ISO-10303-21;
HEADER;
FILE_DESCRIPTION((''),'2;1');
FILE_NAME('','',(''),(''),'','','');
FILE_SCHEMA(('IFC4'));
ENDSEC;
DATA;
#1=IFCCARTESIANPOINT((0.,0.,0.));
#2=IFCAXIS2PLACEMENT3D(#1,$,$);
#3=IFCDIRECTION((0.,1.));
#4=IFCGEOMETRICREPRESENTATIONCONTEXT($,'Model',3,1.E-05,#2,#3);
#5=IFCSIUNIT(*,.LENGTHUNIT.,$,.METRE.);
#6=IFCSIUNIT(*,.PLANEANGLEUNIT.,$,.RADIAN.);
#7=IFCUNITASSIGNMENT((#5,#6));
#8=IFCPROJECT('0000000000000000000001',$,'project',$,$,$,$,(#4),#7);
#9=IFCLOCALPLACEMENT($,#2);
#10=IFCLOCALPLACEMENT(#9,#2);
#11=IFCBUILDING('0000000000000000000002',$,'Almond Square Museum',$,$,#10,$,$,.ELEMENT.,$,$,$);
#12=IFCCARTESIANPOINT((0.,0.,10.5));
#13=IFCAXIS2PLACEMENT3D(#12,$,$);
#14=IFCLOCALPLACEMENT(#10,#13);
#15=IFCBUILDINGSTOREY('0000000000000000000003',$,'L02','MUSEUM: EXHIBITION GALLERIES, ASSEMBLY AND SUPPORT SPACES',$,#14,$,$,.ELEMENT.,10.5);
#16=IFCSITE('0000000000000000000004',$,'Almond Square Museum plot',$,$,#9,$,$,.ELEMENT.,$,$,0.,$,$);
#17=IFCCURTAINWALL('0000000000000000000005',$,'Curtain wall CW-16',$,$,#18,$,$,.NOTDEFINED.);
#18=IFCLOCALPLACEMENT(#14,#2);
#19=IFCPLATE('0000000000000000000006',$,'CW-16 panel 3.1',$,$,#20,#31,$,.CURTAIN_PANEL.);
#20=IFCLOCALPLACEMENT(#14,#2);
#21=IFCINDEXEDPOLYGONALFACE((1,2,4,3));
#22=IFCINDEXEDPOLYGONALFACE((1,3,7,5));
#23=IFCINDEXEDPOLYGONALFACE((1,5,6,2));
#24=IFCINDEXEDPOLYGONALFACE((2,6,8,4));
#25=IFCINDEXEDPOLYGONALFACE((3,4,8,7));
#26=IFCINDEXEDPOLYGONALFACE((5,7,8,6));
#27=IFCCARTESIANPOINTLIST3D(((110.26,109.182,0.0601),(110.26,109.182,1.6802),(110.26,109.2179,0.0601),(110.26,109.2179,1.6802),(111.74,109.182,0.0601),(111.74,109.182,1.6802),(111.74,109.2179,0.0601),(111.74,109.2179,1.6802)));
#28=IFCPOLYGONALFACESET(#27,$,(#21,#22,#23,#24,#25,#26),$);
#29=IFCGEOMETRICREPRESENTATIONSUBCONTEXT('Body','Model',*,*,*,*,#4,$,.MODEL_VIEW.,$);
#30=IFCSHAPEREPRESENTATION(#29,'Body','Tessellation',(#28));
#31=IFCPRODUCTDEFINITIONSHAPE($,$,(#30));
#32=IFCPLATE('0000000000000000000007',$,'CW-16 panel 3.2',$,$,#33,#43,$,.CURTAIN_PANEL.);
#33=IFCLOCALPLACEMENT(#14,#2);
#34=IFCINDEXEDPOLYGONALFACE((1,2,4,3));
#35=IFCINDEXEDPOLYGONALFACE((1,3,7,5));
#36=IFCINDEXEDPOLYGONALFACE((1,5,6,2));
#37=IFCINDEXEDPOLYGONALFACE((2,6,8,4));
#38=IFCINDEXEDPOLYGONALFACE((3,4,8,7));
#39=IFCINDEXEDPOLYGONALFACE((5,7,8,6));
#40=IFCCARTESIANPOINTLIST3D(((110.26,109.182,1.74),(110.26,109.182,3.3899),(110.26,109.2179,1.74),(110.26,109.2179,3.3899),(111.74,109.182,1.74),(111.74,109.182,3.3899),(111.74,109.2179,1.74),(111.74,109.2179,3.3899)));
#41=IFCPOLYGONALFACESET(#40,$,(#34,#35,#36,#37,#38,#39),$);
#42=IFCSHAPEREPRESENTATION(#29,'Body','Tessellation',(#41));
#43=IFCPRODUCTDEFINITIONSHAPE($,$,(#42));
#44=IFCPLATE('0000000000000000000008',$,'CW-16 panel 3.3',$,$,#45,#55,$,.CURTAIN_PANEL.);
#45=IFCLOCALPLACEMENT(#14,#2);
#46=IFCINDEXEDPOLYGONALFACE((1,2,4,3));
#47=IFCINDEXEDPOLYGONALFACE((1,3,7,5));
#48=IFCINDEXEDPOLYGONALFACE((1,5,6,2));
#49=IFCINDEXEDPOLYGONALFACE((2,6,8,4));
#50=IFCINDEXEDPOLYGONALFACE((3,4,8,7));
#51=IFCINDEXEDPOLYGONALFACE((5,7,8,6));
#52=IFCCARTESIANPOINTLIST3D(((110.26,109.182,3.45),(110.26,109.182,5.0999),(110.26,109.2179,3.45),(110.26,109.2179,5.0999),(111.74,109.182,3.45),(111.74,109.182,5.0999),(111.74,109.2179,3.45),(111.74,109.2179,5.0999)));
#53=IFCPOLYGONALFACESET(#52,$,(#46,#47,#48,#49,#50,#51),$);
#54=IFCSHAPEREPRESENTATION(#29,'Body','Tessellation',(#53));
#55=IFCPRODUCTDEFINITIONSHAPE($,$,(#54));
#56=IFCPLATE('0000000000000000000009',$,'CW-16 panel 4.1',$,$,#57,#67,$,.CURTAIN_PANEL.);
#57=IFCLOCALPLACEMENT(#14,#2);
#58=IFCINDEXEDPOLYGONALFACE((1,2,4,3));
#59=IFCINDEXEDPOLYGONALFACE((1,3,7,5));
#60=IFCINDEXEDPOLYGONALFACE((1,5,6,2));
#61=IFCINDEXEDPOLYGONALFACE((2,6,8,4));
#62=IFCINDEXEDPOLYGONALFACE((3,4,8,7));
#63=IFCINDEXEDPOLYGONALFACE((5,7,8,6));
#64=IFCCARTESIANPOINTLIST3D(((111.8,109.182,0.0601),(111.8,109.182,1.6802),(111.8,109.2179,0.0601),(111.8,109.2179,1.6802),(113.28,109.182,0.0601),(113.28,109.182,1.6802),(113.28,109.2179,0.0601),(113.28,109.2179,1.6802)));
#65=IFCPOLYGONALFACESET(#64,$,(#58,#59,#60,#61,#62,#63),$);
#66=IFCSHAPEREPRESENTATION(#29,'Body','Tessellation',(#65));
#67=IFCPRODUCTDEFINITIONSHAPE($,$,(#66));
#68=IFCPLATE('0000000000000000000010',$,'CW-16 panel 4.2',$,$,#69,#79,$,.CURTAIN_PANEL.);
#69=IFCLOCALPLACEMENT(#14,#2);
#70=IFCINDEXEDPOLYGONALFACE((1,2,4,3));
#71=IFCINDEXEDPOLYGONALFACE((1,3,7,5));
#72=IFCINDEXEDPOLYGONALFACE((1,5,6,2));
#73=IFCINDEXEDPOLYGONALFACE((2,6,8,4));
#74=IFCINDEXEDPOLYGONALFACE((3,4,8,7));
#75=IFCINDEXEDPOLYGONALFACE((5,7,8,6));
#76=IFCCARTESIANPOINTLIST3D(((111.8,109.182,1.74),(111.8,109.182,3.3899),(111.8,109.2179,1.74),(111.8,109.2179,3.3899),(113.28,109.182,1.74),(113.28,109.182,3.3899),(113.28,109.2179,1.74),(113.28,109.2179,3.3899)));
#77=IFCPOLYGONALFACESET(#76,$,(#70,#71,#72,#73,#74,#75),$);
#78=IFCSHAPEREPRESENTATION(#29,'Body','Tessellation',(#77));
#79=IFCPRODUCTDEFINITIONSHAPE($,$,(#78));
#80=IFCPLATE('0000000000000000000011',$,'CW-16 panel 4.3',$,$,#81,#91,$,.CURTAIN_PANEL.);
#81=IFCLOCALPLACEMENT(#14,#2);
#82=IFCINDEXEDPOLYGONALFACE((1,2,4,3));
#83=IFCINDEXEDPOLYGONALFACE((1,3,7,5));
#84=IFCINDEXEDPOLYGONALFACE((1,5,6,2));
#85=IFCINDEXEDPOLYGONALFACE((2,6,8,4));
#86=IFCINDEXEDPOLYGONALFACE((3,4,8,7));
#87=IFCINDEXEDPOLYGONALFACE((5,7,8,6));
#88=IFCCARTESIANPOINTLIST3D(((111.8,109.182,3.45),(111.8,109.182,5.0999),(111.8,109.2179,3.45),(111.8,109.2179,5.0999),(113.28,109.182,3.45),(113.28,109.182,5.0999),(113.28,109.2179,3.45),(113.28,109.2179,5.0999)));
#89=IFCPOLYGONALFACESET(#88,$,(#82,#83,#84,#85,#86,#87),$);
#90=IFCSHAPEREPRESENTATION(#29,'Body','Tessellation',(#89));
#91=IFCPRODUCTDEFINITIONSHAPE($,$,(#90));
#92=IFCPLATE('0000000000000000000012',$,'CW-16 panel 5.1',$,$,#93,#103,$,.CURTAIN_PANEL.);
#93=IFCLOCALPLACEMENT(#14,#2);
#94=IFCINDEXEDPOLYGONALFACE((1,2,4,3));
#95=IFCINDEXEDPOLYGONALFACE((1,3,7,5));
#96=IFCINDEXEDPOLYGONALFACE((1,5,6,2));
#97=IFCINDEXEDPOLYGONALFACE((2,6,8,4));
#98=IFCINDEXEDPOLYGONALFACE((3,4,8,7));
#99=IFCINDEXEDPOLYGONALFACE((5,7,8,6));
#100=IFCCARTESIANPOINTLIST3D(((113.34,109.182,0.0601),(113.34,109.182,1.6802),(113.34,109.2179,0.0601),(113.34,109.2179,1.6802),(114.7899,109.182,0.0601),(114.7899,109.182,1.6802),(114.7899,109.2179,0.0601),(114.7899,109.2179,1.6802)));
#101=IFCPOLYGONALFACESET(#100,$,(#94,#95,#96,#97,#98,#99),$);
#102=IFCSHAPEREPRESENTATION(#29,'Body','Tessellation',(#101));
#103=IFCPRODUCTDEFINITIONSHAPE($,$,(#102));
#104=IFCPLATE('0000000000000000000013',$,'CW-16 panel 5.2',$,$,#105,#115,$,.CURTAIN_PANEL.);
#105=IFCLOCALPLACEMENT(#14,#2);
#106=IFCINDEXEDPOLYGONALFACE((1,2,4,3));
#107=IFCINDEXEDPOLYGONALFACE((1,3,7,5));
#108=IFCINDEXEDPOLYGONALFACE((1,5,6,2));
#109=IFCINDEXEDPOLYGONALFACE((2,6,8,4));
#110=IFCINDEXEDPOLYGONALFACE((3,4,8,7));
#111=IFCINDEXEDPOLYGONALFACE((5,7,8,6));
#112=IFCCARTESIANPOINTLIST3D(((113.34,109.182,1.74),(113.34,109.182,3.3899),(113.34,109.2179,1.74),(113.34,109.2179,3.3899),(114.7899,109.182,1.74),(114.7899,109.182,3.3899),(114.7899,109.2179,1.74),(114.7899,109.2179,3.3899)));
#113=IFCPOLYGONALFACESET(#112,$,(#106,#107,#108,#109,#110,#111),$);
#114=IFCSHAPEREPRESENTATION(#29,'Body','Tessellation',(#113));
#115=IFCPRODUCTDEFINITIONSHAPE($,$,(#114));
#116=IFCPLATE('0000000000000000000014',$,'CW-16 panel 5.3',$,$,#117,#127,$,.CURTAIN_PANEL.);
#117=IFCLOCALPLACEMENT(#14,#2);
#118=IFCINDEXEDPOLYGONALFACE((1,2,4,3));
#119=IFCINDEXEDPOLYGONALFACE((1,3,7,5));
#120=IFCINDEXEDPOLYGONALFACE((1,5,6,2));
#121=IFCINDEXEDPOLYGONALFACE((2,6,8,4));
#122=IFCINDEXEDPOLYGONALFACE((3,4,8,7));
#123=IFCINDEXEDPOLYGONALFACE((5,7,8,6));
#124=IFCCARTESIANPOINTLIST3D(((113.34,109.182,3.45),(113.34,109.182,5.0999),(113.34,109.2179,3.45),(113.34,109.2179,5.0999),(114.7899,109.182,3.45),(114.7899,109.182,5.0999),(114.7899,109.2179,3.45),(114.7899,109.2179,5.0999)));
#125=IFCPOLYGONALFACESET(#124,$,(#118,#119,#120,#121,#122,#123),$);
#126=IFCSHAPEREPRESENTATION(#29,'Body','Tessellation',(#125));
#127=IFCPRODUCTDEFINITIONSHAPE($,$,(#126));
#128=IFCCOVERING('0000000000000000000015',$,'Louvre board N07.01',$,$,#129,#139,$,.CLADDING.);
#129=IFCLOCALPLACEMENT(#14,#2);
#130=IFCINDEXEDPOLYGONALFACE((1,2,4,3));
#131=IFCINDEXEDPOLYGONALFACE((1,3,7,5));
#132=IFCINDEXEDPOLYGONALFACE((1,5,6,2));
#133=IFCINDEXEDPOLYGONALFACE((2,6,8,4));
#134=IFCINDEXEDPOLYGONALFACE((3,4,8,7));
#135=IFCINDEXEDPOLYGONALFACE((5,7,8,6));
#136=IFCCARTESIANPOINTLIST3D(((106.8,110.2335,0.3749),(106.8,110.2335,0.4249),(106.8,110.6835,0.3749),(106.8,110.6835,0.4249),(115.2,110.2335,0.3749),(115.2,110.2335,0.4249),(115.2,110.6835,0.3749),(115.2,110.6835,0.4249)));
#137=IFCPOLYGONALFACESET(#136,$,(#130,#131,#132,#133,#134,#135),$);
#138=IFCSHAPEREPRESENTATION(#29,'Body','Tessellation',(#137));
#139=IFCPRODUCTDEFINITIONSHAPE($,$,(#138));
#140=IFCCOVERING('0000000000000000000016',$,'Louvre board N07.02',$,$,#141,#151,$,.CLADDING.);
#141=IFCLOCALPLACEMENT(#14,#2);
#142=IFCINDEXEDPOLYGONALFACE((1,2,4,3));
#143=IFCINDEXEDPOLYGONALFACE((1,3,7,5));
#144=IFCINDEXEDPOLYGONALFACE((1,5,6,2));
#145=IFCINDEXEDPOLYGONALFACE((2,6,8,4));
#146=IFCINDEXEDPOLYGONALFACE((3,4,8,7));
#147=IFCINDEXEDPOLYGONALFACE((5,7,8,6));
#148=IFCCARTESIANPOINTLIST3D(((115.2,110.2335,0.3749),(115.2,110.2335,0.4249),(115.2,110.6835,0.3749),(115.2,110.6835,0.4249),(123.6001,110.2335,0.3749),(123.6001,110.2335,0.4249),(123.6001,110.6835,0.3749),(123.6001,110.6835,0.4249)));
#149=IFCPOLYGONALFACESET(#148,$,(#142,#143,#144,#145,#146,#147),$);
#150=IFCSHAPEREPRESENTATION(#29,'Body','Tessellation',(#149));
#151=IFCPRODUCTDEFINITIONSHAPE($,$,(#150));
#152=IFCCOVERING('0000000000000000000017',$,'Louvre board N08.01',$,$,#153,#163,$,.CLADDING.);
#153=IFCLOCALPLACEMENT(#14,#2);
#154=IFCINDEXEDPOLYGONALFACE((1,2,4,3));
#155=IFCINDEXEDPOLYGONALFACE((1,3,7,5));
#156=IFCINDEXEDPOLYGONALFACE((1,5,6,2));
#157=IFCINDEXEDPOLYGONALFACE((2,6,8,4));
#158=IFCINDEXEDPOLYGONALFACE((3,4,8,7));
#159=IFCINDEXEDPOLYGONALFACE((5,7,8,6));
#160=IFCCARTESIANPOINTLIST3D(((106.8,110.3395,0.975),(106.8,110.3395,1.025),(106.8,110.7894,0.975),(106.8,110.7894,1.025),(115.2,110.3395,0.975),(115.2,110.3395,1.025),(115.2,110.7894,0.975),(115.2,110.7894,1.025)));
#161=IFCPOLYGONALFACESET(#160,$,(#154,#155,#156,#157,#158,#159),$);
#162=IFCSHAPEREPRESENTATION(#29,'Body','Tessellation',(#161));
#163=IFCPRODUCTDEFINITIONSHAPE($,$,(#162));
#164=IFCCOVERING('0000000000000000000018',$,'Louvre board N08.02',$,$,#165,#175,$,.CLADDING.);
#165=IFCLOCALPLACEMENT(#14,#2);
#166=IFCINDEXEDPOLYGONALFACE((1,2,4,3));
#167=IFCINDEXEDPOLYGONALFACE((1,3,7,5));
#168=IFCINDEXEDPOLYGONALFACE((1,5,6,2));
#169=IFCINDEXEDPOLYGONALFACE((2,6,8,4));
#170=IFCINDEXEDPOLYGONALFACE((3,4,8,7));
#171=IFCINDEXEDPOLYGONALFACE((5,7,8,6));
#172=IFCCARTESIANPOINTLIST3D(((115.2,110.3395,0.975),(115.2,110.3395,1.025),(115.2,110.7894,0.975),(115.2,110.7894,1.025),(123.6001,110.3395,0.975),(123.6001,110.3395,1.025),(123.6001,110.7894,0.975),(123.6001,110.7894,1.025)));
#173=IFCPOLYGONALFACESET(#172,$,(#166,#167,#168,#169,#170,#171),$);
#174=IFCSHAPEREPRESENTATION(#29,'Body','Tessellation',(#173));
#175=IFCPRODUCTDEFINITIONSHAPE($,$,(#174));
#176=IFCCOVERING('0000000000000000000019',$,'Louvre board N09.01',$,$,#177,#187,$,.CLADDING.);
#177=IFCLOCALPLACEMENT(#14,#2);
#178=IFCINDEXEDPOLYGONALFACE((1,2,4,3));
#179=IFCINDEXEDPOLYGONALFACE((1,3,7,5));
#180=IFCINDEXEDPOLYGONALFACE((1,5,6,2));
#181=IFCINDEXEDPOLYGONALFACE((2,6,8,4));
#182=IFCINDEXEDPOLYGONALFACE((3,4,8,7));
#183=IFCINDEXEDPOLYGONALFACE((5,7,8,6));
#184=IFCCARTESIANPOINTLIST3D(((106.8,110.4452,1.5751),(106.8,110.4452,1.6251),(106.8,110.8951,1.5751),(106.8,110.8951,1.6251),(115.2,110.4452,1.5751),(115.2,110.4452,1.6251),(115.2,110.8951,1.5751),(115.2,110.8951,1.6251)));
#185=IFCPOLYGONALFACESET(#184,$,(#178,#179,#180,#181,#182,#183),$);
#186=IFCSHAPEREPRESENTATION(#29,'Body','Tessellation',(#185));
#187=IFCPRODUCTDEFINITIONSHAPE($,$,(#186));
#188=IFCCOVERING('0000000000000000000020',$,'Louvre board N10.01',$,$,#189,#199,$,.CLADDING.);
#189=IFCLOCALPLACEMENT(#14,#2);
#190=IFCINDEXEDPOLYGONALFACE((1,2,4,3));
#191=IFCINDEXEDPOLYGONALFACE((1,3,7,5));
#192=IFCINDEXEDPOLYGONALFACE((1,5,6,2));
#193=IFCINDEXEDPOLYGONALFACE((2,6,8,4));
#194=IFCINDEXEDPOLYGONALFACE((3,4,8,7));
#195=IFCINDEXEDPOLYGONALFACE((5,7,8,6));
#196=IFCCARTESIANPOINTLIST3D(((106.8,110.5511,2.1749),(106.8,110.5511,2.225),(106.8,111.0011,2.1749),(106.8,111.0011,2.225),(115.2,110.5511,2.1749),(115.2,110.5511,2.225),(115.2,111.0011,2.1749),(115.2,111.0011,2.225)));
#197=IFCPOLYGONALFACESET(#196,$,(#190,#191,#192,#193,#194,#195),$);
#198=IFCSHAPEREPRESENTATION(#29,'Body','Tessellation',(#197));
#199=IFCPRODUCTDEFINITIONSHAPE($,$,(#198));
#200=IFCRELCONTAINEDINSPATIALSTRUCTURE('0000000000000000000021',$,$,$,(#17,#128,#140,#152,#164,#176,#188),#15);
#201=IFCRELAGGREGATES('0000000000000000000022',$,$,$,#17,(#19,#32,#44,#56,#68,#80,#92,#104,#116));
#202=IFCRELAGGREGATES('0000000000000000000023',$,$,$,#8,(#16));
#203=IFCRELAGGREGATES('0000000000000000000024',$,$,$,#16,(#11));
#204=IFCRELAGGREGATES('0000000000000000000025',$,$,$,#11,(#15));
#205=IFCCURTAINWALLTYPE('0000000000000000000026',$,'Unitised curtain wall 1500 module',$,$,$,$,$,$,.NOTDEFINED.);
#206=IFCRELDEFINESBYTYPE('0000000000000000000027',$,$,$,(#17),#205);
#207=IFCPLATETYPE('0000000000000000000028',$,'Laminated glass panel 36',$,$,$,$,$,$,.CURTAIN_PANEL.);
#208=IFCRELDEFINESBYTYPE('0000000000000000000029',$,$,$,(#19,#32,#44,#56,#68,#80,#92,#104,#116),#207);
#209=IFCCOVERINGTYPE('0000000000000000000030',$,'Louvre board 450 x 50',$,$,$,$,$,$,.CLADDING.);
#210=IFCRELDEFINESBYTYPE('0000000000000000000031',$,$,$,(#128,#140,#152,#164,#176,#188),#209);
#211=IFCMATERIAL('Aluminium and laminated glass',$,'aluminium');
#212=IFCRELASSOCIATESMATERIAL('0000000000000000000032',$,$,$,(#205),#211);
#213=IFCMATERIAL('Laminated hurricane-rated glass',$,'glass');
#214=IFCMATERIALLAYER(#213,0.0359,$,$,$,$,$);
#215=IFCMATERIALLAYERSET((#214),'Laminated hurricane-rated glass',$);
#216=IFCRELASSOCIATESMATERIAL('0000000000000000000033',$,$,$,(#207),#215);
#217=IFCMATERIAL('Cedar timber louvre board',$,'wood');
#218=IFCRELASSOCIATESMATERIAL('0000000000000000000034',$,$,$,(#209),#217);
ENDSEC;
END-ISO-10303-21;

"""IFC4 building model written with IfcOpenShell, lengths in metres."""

from ifc_helpers import new_model, si_unit, direction, frame, origin, origin_2d, place, context, subcontext, project, spatial, rectangle, extrude, material, layer, layer_set, material_profile, profile_set, type_object, element, aggregate, save


model = new_model("IFC4")

# Units and contexts
model_context = context("Model", 3, precision=1e-05, world=origin(), true_north=direction((0.0, 1.0)))
body_context = subcontext(model_context, "Body", "Model", "MODEL_VIEW")
ifc_project = project(units=[si_unit("LENGTHUNIT", "METRE"), si_unit("PLANEANGLEUNIT", "RADIAN")], contexts=[model_context])

# Site, building, storey
site_placement = place(None, origin())
site = spatial("IfcSite", under=ifc_project, at=site_placement, Name="Almond Square Museum plot", CompositionType="ELEMENT", RefElevation=0.0)
building_placement = place(site_placement, origin())
building = spatial("IfcBuilding", under=site, at=building_placement, Name="Almond Square Museum", CompositionType="ELEMENT")
storey_placement = place(building_placement, frame((0.0, 0.0, 10.5)))
storey = spatial("IfcBuildingStorey", under=building, at=storey_placement, Name="L02", Description="MUSEUM: EXHIBITION GALLERIES, ASSEMBLY AND SUPPORT SPACES", CompositionType="ELEMENT", Elevation=10.5)

# Curtain wall, plates
ifc_material_1 = material(Name="Aluminium and laminated glass", Category="aluminium")
curtain_wall_type = type_object("IfcCurtainWallType", Name="Unitised curtain wall 1500 module", PredefinedType="NOTDEFINED", material=ifc_material_1)
curtain_wall_placement = place(storey_placement, origin())
curtain_wall = element("IfcCurtainWall", 1, at=curtain_wall_placement, inside=storey, type_object=curtain_wall_type, Name="Curtain wall CW-16", PredefinedType="NOTDEFINED")
ifc_material_2 = material(Name="Laminated hurricane-rated glass", Category="glass")
ifc_layer = layer(ifc_material_2, 0.0359)
ifc_layer_set = layer_set([ifc_layer], Name="Laminated hurricane-rated glass")
plate_type = type_object("IfcPlateType", Name="Laminated glass panel 36", PredefinedType="CURTAIN_PANEL", material=ifc_layer_set)
plate_1_placement = place(storey_placement, frame((111.0, 109.2, 0.0601), z_axis=(0.0, 0.0, 1.0), x_axis=(1.0, 0.0, 0.0)))
plate_1 = element("IfcPlate", 2, at=plate_1_placement, type_object=plate_type, Name="CW-16 panel 3.1", PredefinedType="CURTAIN_PANEL", context=body_context, shape_type="SweptSolid", body=[
    extrude(rectangle(XDim=1.48, YDim=0.0359, at=origin_2d()), origin(), (0.0, 0.0, 1.0), 1.6201),
])
plate_2_placement = place(storey_placement, frame((111.0, 109.2, 1.74), z_axis=(0.0, 0.0, 1.0), x_axis=(1.0, 0.0, 0.0)))
plate_2 = element("IfcPlate", 3, at=plate_2_placement, type_object=plate_type, Name="CW-16 panel 3.2", PredefinedType="CURTAIN_PANEL", context=body_context, shape_type="SweptSolid", body=[
    extrude(rectangle(XDim=1.48, YDim=0.0359, at=origin_2d()), origin(), (0.0, 0.0, 1.0), 1.6499),
])
plate_3_placement = place(storey_placement, frame((111.0, 109.2, 3.45), z_axis=(0.0, 0.0, 1.0), x_axis=(1.0, 0.0, 0.0)))
plate_3 = element("IfcPlate", 4, at=plate_3_placement, type_object=plate_type, Name="CW-16 panel 3.3", PredefinedType="CURTAIN_PANEL", context=body_context, shape_type="SweptSolid", body=[
    extrude(rectangle(XDim=1.48, YDim=0.0359, at=origin_2d()), origin(), (0.0, 0.0, 1.0), 1.6499),
])
plate_4_placement = place(storey_placement, frame((112.54, 109.2, 0.0601), z_axis=(0.0, 0.0, 1.0), x_axis=(1.0, 0.0, 0.0)))
plate_4 = element("IfcPlate", 5, at=plate_4_placement, type_object=plate_type, Name="CW-16 panel 4.1", PredefinedType="CURTAIN_PANEL", context=body_context, shape_type="SweptSolid", body=[
    extrude(rectangle(XDim=1.48, YDim=0.0359, at=origin_2d()), origin(), (0.0, 0.0, 1.0), 1.6201),
])
plate_5_placement = place(storey_placement, frame((112.54, 109.2, 1.74), z_axis=(0.0, 0.0, 1.0), x_axis=(1.0, 0.0, 0.0)))
plate_5 = element("IfcPlate", 6, at=plate_5_placement, type_object=plate_type, Name="CW-16 panel 4.2", PredefinedType="CURTAIN_PANEL", context=body_context, shape_type="SweptSolid", body=[
    extrude(rectangle(XDim=1.48, YDim=0.0359, at=origin_2d()), origin(), (0.0, 0.0, 1.0), 1.6499),
])
plate_6_placement = place(storey_placement, frame((112.54, 109.2, 3.45), z_axis=(0.0, 0.0, 1.0), x_axis=(1.0, 0.0, 0.0)))
plate_6 = element("IfcPlate", 7, at=plate_6_placement, type_object=plate_type, Name="CW-16 panel 4.3", PredefinedType="CURTAIN_PANEL", context=body_context, shape_type="SweptSolid", body=[
    extrude(rectangle(XDim=1.48, YDim=0.0359, at=origin_2d()), origin(), (0.0, 0.0, 1.0), 1.6499),
])
plate_7_placement = place(storey_placement, frame((114.0649, 109.2, 0.0601), z_axis=(0.0, 0.0, 1.0), x_axis=(1.0, 0.0, 0.0)))
plate_7 = element("IfcPlate", 8, at=plate_7_placement, type_object=plate_type, Name="CW-16 panel 5.1", PredefinedType="CURTAIN_PANEL", context=body_context, shape_type="SweptSolid", body=[
    extrude(rectangle(XDim=1.45, YDim=0.0359, at=origin_2d()), origin(), (0.0, 0.0, 1.0), 1.6201),
])
plate_8_placement = place(storey_placement, frame((114.0649, 109.2, 1.74), z_axis=(0.0, 0.0, 1.0), x_axis=(1.0, 0.0, 0.0)))
plate_8 = element("IfcPlate", 9, at=plate_8_placement, type_object=plate_type, Name="CW-16 panel 5.2", PredefinedType="CURTAIN_PANEL", context=body_context, shape_type="SweptSolid", body=[
    extrude(rectangle(XDim=1.45, YDim=0.0359, at=origin_2d()), origin(), (0.0, 0.0, 1.0), 1.6499),
])
plate_9_placement = place(storey_placement, frame((114.0649, 109.2, 3.45), z_axis=(0.0, 0.0, 1.0), x_axis=(1.0, 0.0, 0.0)))
plate_9 = element("IfcPlate", 10, at=plate_9_placement, type_object=plate_type, Name="CW-16 panel 5.3", PredefinedType="CURTAIN_PANEL", context=body_context, shape_type="SweptSolid", body=[
    extrude(rectangle(XDim=1.45, YDim=0.0359, at=origin_2d()), origin(), (0.0, 0.0, 1.0), 1.6499),
])
aggregate(curtain_wall, [plate_1, plate_2, plate_3, plate_4, plate_5, plate_6, plate_7, plate_8, plate_9])

# Coverings
ifc_material_3 = material(Name="Cedar timber louvre board", Category="wood")
ifc_material_profile_1 = material_profile(ifc_material_3, rectangle(XDim=0.45, YDim=0.05, at=origin_2d()))
ifc_profile_set_1 = profile_set([ifc_material_profile_1], Name="Cedar timber louvre board")
covering_type = type_object("IfcCoveringType", Name="Louvre board 450 x 50", PredefinedType="CLADDING", material=ifc_profile_set_1)
covering_1_placement = place(storey_placement, frame((106.8, 110.4585, 0.3999), z_axis=(1.0, 0.0, 0.0), x_axis=(0.0, 1.0, 0.0)))
element("IfcCovering", 11, at=covering_1_placement, inside=storey, type_object=covering_type, Name="Louvre board N07.01", PredefinedType="CLADDING", context=body_context, shape_type="SweptSolid", body=[
    extrude(rectangle(XDim=0.45, YDim=0.05, at=origin_2d()), origin(), (0.0, 0.0, 1.0), 8.3999),
])
covering_2_placement = place(storey_placement, frame((115.2, 110.4585, 0.3999), z_axis=(1.0, 0.0, 0.0), x_axis=(0.0, 1.0, 0.0)))
element("IfcCovering", 12, at=covering_2_placement, inside=storey, type_object=covering_type, Name="Louvre board N07.02", PredefinedType="CLADDING", context=body_context, shape_type="SweptSolid", body=[
    extrude(rectangle(XDim=0.45, YDim=0.05, at=origin_2d()), origin(), (0.0, 0.0, 1.0), 8.4001),
])
covering_3_placement = place(storey_placement, frame((106.8, 110.5645, 1.0), z_axis=(1.0, 0.0, 0.0), x_axis=(0.0, 1.0, 0.0)))
element("IfcCovering", 13, at=covering_3_placement, inside=storey, type_object=covering_type, Name="Louvre board N08.01", PredefinedType="CLADDING", context=body_context, shape_type="SweptSolid", body=[
    extrude(rectangle(XDim=0.45, YDim=0.05, at=origin_2d()), origin(), (0.0, 0.0, 1.0), 8.3999),
])
covering_4_placement = place(storey_placement, frame((115.2, 110.5645, 1.0), z_axis=(1.0, 0.0, 0.0), x_axis=(0.0, 1.0, 0.0)))
element("IfcCovering", 14, at=covering_4_placement, inside=storey, type_object=covering_type, Name="Louvre board N08.02", PredefinedType="CLADDING", context=body_context, shape_type="SweptSolid", body=[
    extrude(rectangle(XDim=0.45, YDim=0.05, at=origin_2d()), origin(), (0.0, 0.0, 1.0), 8.4001),
])
for number, where, z_axis, x_axis, name in (
    (15, (106.8, 110.6702, 1.6001), (1.0, 0.0, 0.0), (0.0, 1.0, 0.0), "Louvre board N09.01"),
    (16, (106.8, 110.7761, 2.2), (1.0, 0.0, 0.0), (0.0, 1.0, 0.0), "Louvre board N10.01"),
):
    element("IfcCovering", number, at=place(storey_placement, frame(where, z_axis=z_axis, x_axis=x_axis)), inside=storey, type_object=covering_type, Name=name, PredefinedType="CLADDING", context=body_context, shape_type="SweptSolid", body=[
        extrude(rectangle(XDim=0.45, YDim=0.05, at=origin_2d()), origin(), (0.0, 0.0, 1.0), 8.3999),
    ])

save(model, "model.ifc")
